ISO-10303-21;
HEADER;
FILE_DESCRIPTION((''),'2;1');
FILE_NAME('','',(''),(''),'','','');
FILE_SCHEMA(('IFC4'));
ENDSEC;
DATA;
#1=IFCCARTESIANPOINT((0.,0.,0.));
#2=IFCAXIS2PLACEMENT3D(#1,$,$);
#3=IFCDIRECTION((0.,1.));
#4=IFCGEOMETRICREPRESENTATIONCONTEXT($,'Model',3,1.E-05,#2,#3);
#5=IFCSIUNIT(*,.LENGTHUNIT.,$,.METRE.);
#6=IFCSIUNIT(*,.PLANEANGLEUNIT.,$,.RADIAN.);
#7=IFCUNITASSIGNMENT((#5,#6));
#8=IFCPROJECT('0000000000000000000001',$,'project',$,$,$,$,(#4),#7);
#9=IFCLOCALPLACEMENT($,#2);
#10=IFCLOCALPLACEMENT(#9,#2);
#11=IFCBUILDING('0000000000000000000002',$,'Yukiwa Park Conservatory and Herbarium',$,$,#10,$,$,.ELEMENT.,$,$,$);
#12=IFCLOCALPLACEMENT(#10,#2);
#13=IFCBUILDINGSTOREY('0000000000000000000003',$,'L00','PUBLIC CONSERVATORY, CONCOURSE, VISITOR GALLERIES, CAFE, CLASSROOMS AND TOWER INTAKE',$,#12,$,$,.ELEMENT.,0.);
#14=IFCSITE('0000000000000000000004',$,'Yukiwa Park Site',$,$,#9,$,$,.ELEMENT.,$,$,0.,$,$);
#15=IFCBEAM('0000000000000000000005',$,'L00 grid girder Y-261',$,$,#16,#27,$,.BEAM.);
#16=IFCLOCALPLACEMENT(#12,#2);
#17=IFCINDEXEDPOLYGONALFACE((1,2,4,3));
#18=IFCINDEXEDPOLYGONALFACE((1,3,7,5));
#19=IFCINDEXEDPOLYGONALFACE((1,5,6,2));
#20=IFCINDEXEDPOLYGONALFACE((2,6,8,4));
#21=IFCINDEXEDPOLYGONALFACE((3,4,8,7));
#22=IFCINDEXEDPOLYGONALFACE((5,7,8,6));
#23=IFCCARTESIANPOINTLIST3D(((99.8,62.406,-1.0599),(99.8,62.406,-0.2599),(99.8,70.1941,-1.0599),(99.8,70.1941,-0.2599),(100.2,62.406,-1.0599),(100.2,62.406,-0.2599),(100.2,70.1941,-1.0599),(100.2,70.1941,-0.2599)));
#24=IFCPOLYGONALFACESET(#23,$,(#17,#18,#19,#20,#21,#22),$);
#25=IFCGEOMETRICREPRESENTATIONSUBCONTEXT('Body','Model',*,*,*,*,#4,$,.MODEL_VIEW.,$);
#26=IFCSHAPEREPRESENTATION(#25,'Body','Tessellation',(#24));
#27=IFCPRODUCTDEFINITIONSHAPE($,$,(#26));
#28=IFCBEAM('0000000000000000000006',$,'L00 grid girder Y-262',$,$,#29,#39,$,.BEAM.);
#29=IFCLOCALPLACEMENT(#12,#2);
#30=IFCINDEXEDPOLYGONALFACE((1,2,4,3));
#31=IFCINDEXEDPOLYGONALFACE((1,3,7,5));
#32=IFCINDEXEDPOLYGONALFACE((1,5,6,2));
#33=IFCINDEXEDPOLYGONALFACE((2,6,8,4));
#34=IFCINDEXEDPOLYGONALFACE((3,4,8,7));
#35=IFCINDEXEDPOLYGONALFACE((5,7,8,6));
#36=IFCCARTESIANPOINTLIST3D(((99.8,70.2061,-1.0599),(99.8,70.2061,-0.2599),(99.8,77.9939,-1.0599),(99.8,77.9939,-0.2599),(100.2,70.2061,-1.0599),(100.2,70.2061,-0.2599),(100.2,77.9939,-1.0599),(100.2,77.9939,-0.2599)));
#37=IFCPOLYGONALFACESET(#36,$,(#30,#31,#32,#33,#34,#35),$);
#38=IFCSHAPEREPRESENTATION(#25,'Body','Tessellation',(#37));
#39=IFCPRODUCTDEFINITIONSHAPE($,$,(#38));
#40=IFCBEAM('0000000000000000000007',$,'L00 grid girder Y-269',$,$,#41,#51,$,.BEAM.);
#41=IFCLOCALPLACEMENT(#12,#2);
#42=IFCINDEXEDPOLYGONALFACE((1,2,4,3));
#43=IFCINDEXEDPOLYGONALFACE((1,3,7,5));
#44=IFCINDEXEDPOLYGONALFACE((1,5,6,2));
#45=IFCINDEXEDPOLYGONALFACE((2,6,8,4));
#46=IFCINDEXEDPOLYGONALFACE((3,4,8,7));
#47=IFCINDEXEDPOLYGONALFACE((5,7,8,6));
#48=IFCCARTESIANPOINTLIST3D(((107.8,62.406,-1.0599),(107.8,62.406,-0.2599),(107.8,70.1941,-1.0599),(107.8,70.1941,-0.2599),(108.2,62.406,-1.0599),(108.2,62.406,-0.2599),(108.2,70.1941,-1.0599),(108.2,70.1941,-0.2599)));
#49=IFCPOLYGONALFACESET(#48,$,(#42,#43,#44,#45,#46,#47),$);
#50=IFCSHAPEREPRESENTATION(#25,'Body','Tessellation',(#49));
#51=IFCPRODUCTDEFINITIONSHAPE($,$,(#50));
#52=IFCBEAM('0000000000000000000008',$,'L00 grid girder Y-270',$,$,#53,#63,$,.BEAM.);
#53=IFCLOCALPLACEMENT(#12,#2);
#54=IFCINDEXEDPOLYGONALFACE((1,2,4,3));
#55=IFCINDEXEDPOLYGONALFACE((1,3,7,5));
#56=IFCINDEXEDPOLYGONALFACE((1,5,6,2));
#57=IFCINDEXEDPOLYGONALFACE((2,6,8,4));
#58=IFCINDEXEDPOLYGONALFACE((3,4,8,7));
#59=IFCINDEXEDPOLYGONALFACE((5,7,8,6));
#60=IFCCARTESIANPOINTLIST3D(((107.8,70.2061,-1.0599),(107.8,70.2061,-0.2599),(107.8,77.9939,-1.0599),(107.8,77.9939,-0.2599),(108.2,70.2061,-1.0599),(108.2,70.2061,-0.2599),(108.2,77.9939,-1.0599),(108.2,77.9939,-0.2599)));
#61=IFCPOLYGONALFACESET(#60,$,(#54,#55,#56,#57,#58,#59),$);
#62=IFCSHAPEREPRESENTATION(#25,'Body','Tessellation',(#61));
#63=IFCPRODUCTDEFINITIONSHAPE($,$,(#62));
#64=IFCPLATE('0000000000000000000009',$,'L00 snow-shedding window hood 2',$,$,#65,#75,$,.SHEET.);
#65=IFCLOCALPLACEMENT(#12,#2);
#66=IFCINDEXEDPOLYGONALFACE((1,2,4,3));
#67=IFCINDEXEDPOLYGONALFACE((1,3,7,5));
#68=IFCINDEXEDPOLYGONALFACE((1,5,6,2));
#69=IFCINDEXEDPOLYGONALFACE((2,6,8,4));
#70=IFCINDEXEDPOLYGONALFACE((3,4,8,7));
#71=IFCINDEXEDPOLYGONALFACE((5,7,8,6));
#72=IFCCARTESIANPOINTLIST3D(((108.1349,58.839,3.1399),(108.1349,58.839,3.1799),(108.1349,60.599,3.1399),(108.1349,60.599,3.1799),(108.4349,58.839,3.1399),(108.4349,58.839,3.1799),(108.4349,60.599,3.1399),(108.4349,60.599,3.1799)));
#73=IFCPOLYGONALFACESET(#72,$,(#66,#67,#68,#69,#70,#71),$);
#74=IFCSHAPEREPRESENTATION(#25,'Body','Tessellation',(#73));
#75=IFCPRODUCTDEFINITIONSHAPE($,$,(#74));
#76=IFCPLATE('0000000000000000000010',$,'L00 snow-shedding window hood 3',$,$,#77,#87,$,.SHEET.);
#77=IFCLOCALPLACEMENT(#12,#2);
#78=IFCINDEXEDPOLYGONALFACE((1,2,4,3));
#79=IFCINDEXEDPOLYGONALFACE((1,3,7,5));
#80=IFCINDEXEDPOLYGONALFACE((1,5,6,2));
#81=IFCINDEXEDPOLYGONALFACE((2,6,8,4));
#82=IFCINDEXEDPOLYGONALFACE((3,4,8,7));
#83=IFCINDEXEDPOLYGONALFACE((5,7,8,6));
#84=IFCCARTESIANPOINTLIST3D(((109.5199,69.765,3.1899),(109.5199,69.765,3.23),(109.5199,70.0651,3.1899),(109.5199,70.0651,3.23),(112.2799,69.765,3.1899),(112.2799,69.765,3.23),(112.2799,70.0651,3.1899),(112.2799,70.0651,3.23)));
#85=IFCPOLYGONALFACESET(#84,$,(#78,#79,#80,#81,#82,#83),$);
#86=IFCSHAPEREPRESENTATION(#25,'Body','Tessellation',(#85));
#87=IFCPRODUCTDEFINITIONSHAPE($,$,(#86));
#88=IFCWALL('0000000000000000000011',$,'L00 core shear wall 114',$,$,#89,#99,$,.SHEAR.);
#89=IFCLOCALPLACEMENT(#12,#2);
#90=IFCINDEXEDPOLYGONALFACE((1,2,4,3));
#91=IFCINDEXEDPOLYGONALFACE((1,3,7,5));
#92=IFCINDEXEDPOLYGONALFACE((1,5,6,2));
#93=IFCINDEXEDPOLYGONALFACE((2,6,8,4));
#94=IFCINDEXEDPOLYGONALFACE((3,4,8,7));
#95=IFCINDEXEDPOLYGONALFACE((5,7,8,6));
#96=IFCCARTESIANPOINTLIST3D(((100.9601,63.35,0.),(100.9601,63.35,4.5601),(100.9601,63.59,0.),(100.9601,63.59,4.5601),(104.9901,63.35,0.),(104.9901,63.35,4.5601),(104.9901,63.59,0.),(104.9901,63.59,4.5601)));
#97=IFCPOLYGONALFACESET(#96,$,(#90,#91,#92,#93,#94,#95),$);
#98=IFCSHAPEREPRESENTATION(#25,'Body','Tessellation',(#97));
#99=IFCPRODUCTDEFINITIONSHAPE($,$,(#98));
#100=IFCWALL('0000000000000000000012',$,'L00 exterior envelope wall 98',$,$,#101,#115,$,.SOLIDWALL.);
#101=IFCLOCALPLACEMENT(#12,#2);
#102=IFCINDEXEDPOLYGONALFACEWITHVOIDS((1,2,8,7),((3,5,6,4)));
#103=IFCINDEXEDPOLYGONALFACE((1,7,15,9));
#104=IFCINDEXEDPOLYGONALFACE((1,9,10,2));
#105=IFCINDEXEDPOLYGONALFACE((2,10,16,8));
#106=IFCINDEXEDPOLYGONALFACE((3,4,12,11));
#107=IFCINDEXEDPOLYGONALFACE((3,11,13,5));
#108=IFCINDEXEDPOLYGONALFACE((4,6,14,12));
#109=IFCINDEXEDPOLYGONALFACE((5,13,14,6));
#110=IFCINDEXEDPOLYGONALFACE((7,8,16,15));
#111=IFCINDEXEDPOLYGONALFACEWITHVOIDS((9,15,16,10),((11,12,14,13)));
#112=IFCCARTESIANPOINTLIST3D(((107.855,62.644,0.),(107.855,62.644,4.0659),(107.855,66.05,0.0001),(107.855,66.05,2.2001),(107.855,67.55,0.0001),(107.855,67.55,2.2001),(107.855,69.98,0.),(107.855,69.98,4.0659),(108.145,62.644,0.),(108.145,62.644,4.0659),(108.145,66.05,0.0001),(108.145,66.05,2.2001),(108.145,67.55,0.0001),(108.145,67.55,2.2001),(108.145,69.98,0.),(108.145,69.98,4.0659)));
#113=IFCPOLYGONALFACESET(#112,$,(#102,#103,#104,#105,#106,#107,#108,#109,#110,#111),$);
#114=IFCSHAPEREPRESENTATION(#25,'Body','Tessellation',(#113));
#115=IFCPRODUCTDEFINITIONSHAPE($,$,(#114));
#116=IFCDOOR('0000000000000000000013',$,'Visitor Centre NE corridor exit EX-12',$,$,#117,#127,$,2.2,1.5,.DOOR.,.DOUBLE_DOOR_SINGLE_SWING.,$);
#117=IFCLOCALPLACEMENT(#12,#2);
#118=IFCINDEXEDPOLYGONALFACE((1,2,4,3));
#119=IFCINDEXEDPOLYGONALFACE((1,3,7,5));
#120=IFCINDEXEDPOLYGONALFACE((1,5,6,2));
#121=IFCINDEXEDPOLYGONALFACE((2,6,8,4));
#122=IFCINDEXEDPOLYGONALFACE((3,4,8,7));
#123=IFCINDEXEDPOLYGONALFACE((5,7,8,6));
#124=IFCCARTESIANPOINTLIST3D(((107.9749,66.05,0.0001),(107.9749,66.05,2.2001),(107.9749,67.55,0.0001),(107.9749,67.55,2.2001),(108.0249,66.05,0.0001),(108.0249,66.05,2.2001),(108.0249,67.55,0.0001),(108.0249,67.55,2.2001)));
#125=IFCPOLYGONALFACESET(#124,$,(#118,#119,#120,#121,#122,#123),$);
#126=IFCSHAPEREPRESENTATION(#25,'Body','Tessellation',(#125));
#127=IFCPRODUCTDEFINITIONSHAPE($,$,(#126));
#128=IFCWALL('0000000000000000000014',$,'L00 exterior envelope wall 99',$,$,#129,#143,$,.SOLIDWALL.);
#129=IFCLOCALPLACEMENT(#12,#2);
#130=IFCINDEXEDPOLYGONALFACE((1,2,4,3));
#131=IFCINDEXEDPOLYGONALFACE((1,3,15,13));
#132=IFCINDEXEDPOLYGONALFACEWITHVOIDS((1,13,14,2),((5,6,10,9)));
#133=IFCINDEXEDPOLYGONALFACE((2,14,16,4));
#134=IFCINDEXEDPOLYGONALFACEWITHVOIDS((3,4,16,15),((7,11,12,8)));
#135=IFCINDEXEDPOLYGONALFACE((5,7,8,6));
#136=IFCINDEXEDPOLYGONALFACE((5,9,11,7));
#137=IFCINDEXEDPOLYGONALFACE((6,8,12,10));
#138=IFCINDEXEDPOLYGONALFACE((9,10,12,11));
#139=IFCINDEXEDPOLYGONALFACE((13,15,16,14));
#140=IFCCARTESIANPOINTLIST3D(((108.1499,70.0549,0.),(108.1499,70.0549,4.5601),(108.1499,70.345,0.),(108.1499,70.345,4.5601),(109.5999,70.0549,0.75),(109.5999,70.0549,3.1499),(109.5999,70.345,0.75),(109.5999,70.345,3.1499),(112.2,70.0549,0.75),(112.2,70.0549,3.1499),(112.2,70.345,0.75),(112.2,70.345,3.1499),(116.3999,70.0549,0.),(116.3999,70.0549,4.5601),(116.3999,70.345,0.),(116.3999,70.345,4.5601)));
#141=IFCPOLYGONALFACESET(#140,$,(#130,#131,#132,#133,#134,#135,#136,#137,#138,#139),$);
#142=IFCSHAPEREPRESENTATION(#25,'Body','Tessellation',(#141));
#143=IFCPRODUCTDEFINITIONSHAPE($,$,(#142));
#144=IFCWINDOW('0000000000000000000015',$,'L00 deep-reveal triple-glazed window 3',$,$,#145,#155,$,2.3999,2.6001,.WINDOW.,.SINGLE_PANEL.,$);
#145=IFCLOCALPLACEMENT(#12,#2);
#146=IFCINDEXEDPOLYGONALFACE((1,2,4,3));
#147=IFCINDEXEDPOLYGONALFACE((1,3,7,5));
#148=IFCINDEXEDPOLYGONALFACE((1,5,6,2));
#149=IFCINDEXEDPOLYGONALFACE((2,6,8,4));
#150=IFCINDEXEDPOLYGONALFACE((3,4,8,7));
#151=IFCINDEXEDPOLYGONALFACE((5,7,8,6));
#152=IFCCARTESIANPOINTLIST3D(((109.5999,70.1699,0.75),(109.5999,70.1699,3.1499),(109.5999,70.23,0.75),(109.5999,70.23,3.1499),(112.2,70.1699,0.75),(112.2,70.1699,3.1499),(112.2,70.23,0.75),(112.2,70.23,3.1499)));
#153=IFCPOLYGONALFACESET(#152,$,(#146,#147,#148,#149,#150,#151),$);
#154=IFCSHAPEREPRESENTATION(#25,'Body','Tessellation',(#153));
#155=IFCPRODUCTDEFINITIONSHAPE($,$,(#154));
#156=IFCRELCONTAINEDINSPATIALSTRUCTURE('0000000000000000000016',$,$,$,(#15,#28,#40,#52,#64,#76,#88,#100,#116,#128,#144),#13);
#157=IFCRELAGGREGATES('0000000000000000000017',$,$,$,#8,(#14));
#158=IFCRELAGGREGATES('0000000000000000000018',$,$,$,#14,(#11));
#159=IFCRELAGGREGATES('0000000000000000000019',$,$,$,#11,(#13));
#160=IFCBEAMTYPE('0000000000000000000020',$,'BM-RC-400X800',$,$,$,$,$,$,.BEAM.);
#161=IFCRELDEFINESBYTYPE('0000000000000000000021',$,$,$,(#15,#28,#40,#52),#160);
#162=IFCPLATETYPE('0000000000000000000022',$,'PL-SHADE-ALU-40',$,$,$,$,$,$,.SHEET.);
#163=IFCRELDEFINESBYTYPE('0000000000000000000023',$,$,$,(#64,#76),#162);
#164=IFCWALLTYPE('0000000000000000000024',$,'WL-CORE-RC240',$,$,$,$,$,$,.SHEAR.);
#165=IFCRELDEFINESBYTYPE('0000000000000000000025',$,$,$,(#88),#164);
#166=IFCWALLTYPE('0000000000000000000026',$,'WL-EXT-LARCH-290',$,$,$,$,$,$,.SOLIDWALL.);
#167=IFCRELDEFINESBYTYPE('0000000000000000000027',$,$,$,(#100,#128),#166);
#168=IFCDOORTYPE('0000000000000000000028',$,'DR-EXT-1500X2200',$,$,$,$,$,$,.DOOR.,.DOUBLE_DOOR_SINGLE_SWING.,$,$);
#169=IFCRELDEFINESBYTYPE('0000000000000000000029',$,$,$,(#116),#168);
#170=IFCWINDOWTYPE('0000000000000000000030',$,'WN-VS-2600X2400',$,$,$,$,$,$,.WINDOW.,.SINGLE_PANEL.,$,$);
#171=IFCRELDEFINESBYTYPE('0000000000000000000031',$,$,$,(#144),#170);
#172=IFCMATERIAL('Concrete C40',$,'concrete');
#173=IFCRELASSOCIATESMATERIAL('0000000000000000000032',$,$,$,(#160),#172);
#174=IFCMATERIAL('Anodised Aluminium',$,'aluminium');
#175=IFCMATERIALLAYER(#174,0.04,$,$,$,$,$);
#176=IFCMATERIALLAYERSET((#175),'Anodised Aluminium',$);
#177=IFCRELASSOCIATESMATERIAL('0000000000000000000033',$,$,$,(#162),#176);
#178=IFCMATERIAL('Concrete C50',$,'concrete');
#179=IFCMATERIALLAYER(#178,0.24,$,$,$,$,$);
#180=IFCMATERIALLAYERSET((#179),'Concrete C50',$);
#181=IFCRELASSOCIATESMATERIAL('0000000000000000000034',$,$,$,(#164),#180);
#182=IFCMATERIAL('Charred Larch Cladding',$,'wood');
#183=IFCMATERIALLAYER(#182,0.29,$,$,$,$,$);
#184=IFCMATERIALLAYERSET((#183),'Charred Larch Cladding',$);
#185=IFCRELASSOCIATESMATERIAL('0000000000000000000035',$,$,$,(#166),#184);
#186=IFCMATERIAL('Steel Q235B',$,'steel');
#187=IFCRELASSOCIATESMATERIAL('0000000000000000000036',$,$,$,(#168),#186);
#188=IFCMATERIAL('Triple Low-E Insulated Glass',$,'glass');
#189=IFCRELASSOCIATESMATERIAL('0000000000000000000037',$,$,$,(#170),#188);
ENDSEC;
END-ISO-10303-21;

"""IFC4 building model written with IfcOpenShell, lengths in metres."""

from ifc_helpers import new_model, si_unit, direction, frame, frame_2d, origin, origin_2d, place, context, subcontext, project, spatial, rectangle, extrude, material, layer, layer_set, material_profile, profile_set, type_object, element, fill, save


model = new_model("IFC4")

# Units and contexts
model_context = context("Model", 3, precision=1e-05, world=origin(), true_north=direction((0.0, 1.0)))
body_context = subcontext(model_context, "Body", "Model", "MODEL_VIEW")
ifc_project = project(units=[si_unit("LENGTHUNIT", "METRE"), si_unit("PLANEANGLEUNIT", "RADIAN")], contexts=[model_context])

# Site, building, storey
site_placement = place(None, origin())
site = spatial("IfcSite", under=ifc_project, at=site_placement, Name="Yukiwa Park Site", CompositionType="ELEMENT", RefElevation=0.0)
building_placement = place(site_placement, origin())
building = spatial("IfcBuilding", under=site, at=building_placement, Name="Yukiwa Park Conservatory and Herbarium", CompositionType="ELEMENT")
storey_placement = place(building_placement, origin())
storey = spatial("IfcBuildingStorey", under=building, at=storey_placement, Name="L00", Description="PUBLIC CONSERVATORY, CONCOURSE, VISITOR GALLERIES, CAFE, CLASSROOMS AND TOWER INTAKE", CompositionType="ELEMENT", Elevation=0.0)

# Beams
ifc_material_1 = material(Name="Concrete C40", Category="concrete")
ifc_material_profile_1 = material_profile(ifc_material_1, rectangle(XDim=0.3999, YDim=0.8, at=origin_2d()), Name="RC 400x800")
ifc_profile_set_1 = profile_set([ifc_material_profile_1], Name="Concrete C40")
beam_type_1 = type_object("IfcBeamType", Name="BM-RC-400X800", PredefinedType="BEAM", material=ifc_profile_set_1)
beam_1_placement = place(storey_placement, frame((100.0, 62.406, -0.6599), z_axis=(0.0, 1.0, 0.0), x_axis=(-1.0, 0.0, 0.0)))
element("IfcBeam", 1, at=beam_1_placement, inside=storey, type_object=beam_type_1, Name="L00 grid girder Y-261", PredefinedType="BEAM", context=body_context, shape_type="SweptSolid", body=[
    extrude(rectangle(XDim=0.3999, YDim=0.8, at=origin_2d()), origin(), (0.0, 0.0, 1.0), 7.7881),
])
beam_2_placement = place(storey_placement, frame((100.0, 70.2061, -0.6599), z_axis=(0.0, 1.0, 0.0), x_axis=(-1.0, 0.0, 0.0)))
element("IfcBeam", 2, at=beam_2_placement, inside=storey, type_object=beam_type_1, Name="L00 grid girder Y-262", PredefinedType="BEAM", context=body_context, shape_type="SweptSolid", body=[
    extrude(rectangle(XDim=0.3999, YDim=0.8, at=origin_2d()), origin(), (0.0, 0.0, 1.0), 7.7878),
])
beam_3_placement = place(storey_placement, frame((108.0, 62.406, -0.6599), z_axis=(0.0, 1.0, 0.0), x_axis=(-1.0, 0.0, 0.0)))
element("IfcBeam", 3, at=beam_3_placement, inside=storey, type_object=beam_type_1, Name="L00 grid girder Y-269", PredefinedType="BEAM", context=body_context, shape_type="SweptSolid", body=[
    extrude(rectangle(XDim=0.3999, YDim=0.8, at=origin_2d()), origin(), (0.0, 0.0, 1.0), 7.7881),
])
beam_4_placement = place(storey_placement, frame((108.0, 70.2061, -0.6599), z_axis=(0.0, 1.0, 0.0), x_axis=(-1.0, 0.0, 0.0)))
element("IfcBeam", 4, at=beam_4_placement, inside=storey, type_object=beam_type_1, Name="L00 grid girder Y-270", PredefinedType="BEAM", context=body_context, shape_type="SweptSolid", body=[
    extrude(rectangle(XDim=0.3999, YDim=0.8, at=origin_2d()), origin(), (0.0, 0.0, 1.0), 7.7878),
])

# Plates
ifc_material_2 = material(Name="Anodised Aluminium", Category="aluminium")
ifc_layer_1 = layer(ifc_material_2, 0.04)
ifc_layer_set_1 = layer_set([ifc_layer_1], Name="Anodised Aluminium")
plate_type = type_object("IfcPlateType", Name="PL-SHADE-ALU-40", PredefinedType="SHEET", material=ifc_layer_set_1)
plate_1_placement = place(storey_placement, frame((108.2849, 59.719, 3.1399), z_axis=(0.0, 0.0, 1.0), x_axis=(0.0, 1.0, 0.0)))
element("IfcPlate", 5, at=plate_1_placement, inside=storey, type_object=plate_type, Name="L00 snow-shedding window hood 2", PredefinedType="SHEET", context=body_context, shape_type="SweptSolid", body=[
    extrude(rectangle(XDim=1.76, YDim=0.3, at=origin_2d()), origin(), (0.0, 0.0, 1.0), 0.04),
])
plate_2_placement = place(storey_placement, frame((110.8999, 69.915, 3.1899), z_axis=(0.0, 0.0, 1.0), x_axis=(1.0, 0.0, 0.0)))
element("IfcPlate", 6, at=plate_2_placement, inside=storey, type_object=plate_type, Name="L00 snow-shedding window hood 3", PredefinedType="SHEET", context=body_context, shape_type="SweptSolid", body=[
    extrude(rectangle(XDim=2.76, YDim=0.3, at=origin_2d()), origin(), (0.0, 0.0, 1.0), 0.04),
])

# Wall
ifc_material_3 = material(Name="Concrete C50", Category="concrete")
ifc_layer_2 = layer(ifc_material_3, 0.24)
ifc_layer_set_2 = layer_set([ifc_layer_2], Name="Concrete C50")
wall_type_1 = type_object("IfcWallType", Name="WL-CORE-RC240", PredefinedType="SHEAR", material=ifc_layer_set_2)
wall_1_placement = place(storey_placement, frame((100.96, 63.47, 0.0), z_axis=(0.0, 0.0, 1.0), x_axis=(1.0, 0.0, 0.0)))
element("IfcWall", 7, at=wall_1_placement, inside=storey, type_object=wall_type_1, Name="L00 core shear wall 114", PredefinedType="SHEAR", context=body_context, shape_type="SweptSolid", body=[
    extrude(rectangle(XDim=4.03, YDim=0.24, at=frame_2d((2.0151, 0.0))), origin(), (0.0, 0.0, 1.0), 4.5601),
])

# Wall, opening, door
ifc_material_4 = material(Name="Charred Larch Cladding", Category="wood")
ifc_layer_3 = layer(ifc_material_4, 0.29)
ifc_layer_set_3 = layer_set([ifc_layer_3], Name="Charred Larch Cladding")
wall_type_2 = type_object("IfcWallType", Name="WL-EXT-LARCH-290", PredefinedType="SOLIDWALL", material=ifc_layer_set_3)
wall_2_placement = place(storey_placement, frame((108.0, 62.644, 0.0), z_axis=(0.0, 0.0, 1.0), x_axis=(0.0, 1.0, 0.0)))
wall_2 = element("IfcWall", 8, at=wall_2_placement, inside=storey, type_object=wall_type_2, Name="L00 exterior envelope wall 98", PredefinedType="SOLIDWALL", context=body_context, shape_type="SweptSolid", body=[
    extrude(rectangle(XDim=7.3359, YDim=0.29, at=frame_2d((3.668, 0.0))), origin(), (0.0, 0.0, 1.0), 4.0659),
])
opening_1_placement = place(wall_2_placement, frame((3.406, 0.0, 0.0)))
opening_1 = element("IfcOpeningElement", 9, at=opening_1_placement, cuts=wall_2, PredefinedType="OPENING", context=body_context, shape_type="SweptSolid", body=[
    extrude(rectangle(XDim=1.5, YDim=2.2, at=frame_2d((0.75, 1.1001))), frame((0.0, 0.155, 0.0), z_axis=(0.0, -1.0, 0.0), x_axis=(1.0, 0.0, 0.0)), (0.0, 0.0, 1.0), 0.3101),
])
ifc_material_5 = material(Name="Steel Q235B", Category="steel")
door_type_1 = type_object("IfcDoorType", Name="DR-EXT-1500X2200", OperationType="DOUBLE_DOOR_SINGLE_SWING", PredefinedType="DOOR", material=ifc_material_5)
door_1_placement = place(opening_1_placement, frame((1.5, 0.0, 0.0), z_axis=(0.0, 0.0, 1.0), x_axis=(-1.0, 0.0, 0.0)))
door_1 = element("IfcDoor", 10, at=door_1_placement, inside=storey, type_object=door_type_1, Name="Visitor Centre NE corridor exit EX-12", OperationType="DOUBLE_DOOR_SINGLE_SWING", OverallHeight=2.2, OverallWidth=1.5, PredefinedType="DOOR", context=body_context, shape_type="SweptSolid", body=[
    extrude(rectangle(XDim=1.5, YDim=2.2, at=frame_2d((0.75, 1.1001))), frame((0.0, 0.0249, 0.0), z_axis=(0.0, -1.0, 0.0), x_axis=(1.0, 0.0, 0.0)), (0.0, 0.0, 1.0), 0.05),
])
fill(opening_1, door_1)

# Wall, opening, window
wall_3_placement = place(storey_placement, frame((108.1499, 70.2, 0.0), z_axis=(0.0, 0.0, 1.0), x_axis=(1.0, 0.0, 0.0)))
wall_3 = element("IfcWall", 11, at=wall_3_placement, inside=storey, type_object=wall_type_2, Name="L00 exterior envelope wall 99", PredefinedType="SOLIDWALL", context=body_context, shape_type="SweptSolid", body=[
    extrude(rectangle(XDim=8.25, YDim=0.29, at=frame_2d((4.125, 0.0))), origin(), (0.0, 0.0, 1.0), 4.5601),
])
opening_2_placement = place(wall_3_placement, frame((1.45, 0.0, 0.75)))
opening_2 = element("IfcOpeningElement", 12, at=opening_2_placement, cuts=wall_3, PredefinedType="OPENING", context=body_context, shape_type="SweptSolid", body=[
    extrude(rectangle(XDim=2.6001, YDim=2.3999, at=frame_2d((1.3, 1.2))), frame((0.0, 0.155, 0.0), z_axis=(0.0, -1.0, 0.0), x_axis=(1.0, 0.0, 0.0)), (0.0, 0.0, 1.0), 0.3101),
])
ifc_material_6 = material(Name="Triple Low-E Insulated Glass", Category="glass")
window_type_1 = type_object("IfcWindowType", Name="WN-VS-2600X2400", PartitioningType="SINGLE_PANEL", PredefinedType="WINDOW", material=ifc_material_6)
window_1_placement = place(opening_2_placement, origin())
window_1 = element("IfcWindow", 13, at=window_1_placement, inside=storey, type_object=window_type_1, Name="L00 deep-reveal triple-glazed window 3", OverallHeight=2.3999, OverallWidth=2.6001, PartitioningType="SINGLE_PANEL", PredefinedType="WINDOW", context=body_context, shape_type="SweptSolid", body=[
    extrude(rectangle(XDim=2.6001, YDim=2.3999, at=frame_2d((1.3, 1.2))), frame((0.0, 0.03, 0.0), z_axis=(0.0, -1.0, 0.0), x_axis=(1.0, 0.0, 0.0)), (0.0, 0.0, 1.0), 0.0601),
])
fill(opening_2, window_1)

save(model, "model.ifc")
